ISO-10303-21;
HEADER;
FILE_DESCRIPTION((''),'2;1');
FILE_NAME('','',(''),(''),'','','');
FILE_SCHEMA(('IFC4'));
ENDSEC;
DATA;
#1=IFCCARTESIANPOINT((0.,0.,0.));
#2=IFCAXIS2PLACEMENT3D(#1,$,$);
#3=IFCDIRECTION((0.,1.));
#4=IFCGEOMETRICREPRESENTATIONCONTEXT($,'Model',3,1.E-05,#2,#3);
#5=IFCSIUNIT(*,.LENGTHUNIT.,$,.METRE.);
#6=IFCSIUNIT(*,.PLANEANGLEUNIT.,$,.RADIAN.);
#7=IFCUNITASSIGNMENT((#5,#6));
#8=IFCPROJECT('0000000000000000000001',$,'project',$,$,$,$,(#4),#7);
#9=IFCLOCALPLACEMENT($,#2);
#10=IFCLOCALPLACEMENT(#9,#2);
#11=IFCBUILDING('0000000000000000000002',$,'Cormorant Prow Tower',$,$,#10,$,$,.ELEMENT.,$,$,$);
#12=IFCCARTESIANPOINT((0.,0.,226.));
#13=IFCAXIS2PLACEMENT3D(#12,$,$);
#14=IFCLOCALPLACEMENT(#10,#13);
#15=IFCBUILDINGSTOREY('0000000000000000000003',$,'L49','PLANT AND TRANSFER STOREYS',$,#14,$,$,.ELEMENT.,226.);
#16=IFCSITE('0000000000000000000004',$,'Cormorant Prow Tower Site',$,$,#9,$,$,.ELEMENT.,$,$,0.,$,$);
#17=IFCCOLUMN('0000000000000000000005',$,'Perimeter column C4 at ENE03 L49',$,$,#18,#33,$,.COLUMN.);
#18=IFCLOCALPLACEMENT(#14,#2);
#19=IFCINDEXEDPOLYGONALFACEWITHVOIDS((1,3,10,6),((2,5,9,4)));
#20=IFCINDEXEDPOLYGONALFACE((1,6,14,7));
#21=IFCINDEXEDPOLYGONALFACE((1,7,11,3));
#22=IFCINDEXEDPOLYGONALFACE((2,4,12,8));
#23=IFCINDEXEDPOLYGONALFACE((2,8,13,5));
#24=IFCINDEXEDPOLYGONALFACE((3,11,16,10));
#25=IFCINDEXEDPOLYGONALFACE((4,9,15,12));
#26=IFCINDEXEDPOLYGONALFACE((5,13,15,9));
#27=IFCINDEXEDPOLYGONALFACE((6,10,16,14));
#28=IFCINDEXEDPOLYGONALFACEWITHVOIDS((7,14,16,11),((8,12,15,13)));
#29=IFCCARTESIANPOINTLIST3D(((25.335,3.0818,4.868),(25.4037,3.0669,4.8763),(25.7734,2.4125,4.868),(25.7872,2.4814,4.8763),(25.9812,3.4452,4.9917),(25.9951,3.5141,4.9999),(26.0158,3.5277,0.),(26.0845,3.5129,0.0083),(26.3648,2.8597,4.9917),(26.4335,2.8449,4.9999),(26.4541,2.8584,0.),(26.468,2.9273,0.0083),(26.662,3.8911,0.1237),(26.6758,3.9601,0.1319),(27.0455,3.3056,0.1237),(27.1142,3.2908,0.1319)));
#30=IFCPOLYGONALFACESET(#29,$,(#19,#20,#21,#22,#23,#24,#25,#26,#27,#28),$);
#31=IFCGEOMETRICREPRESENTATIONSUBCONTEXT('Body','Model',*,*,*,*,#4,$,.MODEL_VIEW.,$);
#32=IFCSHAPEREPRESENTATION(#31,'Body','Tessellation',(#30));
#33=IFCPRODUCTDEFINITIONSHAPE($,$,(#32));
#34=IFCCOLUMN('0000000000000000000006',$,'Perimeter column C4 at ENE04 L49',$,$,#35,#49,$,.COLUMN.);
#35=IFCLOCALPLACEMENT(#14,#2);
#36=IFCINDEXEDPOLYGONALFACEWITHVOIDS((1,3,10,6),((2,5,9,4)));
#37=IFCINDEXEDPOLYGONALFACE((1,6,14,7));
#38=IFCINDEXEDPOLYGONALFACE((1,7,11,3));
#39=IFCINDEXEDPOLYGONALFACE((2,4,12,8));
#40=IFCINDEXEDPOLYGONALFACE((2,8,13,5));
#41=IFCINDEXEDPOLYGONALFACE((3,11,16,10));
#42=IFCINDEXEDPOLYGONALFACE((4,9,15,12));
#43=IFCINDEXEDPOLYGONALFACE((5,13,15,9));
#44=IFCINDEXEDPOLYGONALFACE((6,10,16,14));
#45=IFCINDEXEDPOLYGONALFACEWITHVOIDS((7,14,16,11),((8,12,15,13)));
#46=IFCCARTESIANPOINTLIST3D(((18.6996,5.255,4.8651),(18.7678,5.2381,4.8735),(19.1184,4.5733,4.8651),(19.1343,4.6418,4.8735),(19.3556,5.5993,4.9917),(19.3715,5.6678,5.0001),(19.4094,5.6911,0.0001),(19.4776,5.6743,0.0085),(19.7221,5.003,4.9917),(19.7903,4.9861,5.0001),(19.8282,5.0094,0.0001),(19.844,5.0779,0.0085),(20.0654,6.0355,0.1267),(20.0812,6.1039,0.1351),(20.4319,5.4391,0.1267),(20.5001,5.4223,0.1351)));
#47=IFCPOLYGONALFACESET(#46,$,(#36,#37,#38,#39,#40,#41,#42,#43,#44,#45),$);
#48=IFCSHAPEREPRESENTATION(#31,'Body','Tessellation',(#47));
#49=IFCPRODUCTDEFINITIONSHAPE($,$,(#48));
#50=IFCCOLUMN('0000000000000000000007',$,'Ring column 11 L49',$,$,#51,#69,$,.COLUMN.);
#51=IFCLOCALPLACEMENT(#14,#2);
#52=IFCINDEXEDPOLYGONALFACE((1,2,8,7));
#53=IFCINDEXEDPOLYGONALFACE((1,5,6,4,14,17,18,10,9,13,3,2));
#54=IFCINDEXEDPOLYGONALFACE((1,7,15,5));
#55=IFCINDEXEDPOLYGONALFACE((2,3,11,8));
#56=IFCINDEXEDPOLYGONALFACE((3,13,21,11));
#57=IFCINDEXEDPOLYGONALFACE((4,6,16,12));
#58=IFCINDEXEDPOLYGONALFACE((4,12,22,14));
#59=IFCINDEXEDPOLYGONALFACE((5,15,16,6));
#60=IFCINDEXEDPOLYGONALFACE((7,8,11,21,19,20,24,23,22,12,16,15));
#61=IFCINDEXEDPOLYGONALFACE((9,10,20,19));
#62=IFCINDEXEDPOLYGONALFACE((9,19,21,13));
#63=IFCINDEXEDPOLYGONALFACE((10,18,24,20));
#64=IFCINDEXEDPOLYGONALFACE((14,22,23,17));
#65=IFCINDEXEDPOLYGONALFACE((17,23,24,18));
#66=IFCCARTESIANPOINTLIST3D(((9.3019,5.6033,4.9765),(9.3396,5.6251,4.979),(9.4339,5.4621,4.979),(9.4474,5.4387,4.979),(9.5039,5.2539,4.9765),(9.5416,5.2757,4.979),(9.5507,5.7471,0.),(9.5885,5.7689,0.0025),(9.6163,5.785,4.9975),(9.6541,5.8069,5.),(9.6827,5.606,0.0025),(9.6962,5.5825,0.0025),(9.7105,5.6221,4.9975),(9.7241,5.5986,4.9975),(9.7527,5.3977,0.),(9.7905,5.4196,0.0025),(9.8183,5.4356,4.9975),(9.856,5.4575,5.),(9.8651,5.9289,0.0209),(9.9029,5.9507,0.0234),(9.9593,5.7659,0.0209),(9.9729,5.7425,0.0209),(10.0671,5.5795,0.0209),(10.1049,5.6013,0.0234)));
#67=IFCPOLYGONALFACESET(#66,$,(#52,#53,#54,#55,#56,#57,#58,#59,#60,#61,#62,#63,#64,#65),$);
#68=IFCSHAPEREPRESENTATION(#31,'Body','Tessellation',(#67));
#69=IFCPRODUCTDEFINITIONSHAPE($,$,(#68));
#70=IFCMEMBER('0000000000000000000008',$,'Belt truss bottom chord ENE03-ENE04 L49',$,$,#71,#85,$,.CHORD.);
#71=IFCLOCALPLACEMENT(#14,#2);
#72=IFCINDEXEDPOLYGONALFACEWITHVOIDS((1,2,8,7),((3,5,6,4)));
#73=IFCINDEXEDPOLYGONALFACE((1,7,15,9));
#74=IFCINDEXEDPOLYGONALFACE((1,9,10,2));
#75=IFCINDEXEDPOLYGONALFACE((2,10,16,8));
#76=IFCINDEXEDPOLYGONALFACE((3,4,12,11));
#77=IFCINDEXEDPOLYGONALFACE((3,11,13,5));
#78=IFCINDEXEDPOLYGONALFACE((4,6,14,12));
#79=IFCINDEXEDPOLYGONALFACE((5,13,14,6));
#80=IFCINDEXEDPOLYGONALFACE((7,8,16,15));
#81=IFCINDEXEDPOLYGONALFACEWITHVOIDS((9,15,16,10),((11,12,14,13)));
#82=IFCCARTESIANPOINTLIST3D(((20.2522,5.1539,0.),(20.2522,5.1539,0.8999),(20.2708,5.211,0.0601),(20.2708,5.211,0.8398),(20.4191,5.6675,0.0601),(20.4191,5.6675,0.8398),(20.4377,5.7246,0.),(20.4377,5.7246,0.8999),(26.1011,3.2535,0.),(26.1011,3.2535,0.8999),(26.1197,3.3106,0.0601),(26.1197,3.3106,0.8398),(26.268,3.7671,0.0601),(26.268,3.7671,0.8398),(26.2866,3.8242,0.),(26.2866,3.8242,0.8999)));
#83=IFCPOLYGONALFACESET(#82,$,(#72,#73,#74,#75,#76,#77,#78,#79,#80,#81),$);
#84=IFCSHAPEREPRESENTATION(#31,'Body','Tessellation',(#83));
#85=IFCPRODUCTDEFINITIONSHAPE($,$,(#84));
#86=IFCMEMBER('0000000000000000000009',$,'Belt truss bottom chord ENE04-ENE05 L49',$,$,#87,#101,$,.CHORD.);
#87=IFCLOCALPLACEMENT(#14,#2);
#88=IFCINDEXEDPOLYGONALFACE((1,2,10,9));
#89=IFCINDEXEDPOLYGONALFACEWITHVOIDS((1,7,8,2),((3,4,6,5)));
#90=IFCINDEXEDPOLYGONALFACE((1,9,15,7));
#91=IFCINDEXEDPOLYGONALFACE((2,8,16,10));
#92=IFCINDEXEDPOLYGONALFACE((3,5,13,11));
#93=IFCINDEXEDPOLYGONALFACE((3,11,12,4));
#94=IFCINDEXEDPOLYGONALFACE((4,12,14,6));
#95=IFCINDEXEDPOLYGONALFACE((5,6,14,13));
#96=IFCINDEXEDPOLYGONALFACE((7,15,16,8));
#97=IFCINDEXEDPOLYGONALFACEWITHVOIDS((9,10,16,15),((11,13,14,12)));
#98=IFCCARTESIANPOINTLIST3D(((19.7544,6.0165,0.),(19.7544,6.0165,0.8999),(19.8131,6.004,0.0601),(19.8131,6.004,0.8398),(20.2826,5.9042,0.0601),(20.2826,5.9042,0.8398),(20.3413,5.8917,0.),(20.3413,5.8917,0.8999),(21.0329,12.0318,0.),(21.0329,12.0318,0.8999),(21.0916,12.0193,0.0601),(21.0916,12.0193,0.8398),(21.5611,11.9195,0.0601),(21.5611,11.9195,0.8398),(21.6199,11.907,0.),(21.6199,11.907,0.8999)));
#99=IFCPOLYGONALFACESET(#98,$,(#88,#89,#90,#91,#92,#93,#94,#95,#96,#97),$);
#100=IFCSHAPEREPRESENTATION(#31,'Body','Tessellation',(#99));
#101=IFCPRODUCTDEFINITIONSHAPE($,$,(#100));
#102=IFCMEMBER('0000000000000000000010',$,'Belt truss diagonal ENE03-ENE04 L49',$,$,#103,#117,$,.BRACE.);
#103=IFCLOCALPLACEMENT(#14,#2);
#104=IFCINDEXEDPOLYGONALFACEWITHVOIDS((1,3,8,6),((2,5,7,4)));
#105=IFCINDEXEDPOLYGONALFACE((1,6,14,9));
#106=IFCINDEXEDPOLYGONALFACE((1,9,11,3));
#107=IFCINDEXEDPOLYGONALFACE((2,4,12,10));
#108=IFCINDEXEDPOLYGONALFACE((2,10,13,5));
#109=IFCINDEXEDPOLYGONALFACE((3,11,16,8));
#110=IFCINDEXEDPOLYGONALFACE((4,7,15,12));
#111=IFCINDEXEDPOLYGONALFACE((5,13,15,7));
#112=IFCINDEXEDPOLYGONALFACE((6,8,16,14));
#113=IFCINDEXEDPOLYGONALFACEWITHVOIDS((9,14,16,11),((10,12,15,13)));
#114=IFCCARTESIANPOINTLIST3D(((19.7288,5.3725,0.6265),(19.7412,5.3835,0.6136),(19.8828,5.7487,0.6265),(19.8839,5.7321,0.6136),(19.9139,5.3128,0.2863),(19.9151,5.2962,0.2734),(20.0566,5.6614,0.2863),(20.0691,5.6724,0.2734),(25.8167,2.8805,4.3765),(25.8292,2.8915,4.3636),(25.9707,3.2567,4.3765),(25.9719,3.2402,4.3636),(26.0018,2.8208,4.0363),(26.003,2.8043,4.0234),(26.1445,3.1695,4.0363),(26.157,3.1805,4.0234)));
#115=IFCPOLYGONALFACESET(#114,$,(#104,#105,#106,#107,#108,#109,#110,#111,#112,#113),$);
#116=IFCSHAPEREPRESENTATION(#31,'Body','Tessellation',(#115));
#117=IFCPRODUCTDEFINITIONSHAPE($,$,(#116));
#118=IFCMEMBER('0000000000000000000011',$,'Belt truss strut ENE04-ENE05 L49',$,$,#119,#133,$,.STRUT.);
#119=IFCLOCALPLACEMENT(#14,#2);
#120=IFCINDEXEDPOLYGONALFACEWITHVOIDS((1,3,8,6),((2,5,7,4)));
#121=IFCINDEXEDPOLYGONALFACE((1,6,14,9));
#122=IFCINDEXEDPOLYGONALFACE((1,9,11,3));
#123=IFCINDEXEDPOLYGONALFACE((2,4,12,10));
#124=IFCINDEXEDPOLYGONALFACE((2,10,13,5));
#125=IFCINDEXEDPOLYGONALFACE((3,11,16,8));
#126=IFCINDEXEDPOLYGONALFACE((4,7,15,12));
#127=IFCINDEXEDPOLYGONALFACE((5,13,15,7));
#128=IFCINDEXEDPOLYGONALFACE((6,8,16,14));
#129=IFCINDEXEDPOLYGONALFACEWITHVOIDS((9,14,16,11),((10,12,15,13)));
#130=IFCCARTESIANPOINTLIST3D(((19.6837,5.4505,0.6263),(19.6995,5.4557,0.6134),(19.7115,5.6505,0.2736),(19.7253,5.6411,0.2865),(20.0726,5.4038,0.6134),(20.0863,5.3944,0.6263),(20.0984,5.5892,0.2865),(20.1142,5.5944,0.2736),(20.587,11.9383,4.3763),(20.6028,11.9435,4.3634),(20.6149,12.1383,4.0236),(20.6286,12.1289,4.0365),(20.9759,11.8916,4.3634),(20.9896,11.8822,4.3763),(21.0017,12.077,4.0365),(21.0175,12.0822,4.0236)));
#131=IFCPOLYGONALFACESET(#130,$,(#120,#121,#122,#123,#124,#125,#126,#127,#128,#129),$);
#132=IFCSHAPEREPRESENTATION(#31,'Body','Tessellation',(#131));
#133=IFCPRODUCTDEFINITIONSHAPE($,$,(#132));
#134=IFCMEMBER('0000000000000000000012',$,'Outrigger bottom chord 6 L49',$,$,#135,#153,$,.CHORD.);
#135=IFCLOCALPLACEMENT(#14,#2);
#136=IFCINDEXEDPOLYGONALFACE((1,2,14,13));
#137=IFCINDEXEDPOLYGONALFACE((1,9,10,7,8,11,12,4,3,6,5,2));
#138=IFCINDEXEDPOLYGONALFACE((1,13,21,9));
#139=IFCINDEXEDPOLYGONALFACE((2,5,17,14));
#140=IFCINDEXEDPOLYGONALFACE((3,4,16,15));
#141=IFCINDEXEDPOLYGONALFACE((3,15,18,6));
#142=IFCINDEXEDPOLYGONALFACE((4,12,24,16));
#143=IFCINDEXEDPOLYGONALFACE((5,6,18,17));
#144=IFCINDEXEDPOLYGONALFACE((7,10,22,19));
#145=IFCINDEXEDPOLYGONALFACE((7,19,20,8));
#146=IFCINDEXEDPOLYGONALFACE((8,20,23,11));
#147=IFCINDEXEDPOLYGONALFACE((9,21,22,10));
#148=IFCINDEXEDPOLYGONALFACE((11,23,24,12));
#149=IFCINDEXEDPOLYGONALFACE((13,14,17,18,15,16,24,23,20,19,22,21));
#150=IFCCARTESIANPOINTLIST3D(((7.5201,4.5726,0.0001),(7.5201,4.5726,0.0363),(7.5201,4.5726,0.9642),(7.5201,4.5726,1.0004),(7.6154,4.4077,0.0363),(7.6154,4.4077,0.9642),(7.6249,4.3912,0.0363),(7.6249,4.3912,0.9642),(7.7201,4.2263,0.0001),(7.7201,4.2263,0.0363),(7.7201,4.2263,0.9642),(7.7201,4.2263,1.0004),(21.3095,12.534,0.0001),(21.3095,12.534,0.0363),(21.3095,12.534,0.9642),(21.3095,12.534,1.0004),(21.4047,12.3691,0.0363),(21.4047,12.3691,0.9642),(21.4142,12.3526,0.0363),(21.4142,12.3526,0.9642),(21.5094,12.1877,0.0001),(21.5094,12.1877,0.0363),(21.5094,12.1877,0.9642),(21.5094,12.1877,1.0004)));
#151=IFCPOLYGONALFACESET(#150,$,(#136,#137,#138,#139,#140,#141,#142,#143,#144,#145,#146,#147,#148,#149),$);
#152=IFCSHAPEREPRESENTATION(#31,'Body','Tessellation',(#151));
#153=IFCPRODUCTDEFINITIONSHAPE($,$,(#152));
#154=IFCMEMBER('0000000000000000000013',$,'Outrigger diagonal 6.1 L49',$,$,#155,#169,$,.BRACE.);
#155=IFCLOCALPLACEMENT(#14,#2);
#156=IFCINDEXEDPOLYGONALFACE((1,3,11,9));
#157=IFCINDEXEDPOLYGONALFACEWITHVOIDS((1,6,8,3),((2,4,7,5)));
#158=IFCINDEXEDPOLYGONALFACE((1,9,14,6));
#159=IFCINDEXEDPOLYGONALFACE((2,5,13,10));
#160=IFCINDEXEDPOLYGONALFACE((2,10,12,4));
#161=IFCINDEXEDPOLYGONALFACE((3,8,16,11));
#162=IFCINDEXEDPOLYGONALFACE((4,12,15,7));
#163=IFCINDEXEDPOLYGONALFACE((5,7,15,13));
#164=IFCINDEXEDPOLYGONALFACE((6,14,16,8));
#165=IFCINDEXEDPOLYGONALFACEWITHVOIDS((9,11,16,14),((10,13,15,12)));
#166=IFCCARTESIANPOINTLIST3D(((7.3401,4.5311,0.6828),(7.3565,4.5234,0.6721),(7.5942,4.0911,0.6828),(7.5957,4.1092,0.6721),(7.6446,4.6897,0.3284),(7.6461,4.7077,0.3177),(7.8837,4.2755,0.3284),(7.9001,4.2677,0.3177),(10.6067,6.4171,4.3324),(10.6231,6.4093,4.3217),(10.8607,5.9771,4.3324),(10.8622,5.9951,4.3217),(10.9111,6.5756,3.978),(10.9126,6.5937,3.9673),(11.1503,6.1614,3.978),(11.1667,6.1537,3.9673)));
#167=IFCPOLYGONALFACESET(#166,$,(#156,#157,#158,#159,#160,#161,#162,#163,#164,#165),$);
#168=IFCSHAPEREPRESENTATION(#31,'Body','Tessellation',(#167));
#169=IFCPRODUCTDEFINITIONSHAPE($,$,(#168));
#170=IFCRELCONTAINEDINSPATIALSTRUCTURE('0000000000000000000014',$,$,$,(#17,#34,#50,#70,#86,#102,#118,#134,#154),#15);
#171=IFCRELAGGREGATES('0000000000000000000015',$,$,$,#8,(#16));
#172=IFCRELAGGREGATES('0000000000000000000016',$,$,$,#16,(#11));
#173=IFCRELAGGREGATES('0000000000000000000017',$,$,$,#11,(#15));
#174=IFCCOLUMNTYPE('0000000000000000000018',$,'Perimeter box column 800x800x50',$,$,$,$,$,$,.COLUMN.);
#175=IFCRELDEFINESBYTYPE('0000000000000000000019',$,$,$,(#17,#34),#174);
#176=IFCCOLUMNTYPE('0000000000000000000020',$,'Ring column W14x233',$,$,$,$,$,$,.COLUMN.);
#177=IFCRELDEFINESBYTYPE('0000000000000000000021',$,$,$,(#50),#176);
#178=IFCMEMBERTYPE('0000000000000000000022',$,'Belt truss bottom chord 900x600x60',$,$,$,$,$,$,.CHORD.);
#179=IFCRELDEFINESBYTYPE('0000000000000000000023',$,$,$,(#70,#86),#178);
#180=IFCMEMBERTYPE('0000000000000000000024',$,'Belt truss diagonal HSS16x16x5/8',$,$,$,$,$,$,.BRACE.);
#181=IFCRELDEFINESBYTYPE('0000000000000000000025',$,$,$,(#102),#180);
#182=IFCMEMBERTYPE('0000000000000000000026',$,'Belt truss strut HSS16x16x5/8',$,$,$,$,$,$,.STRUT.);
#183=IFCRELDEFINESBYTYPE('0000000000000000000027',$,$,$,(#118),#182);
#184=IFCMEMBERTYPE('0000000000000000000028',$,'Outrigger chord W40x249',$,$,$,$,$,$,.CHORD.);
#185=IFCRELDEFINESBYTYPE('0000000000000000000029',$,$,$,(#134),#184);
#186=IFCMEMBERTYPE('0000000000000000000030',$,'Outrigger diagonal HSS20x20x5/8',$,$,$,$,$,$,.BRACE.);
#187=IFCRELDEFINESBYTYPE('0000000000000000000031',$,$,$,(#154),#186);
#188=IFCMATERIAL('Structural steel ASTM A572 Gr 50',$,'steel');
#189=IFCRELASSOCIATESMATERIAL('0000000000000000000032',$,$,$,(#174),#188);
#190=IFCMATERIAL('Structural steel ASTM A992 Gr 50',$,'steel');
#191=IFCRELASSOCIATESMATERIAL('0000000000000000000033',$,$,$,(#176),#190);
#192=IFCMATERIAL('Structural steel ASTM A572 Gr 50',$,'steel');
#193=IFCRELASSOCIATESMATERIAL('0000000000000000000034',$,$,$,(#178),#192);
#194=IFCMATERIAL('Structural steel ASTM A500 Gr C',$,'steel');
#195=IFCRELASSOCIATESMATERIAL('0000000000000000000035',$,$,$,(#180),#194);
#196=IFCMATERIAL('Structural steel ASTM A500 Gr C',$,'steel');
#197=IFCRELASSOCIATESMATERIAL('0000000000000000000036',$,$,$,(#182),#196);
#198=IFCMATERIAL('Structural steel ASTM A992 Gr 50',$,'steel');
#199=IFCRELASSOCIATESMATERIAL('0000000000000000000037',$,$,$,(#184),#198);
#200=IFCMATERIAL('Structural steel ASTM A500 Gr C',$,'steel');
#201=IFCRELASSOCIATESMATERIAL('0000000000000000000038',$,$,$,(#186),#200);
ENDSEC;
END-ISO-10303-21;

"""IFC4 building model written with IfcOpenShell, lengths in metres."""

from ifc_helpers import new_model, si_unit, direction, frame, origin, origin_2d, place, context, subcontext, project, spatial, hollow_rectangle, i_section, extrude, material, material_profile, profile_set, type_object, element, save


model = new_model("IFC4")

# Units and contexts
model_context = context("Model", 3, precision=1e-05, world=origin(), true_north=direction((0.0, 1.0)))
body_context = subcontext(model_context, "Body", "Model", "MODEL_VIEW")
ifc_project = project(units=[si_unit("LENGTHUNIT", "METRE"), si_unit("PLANEANGLEUNIT", "RADIAN")], contexts=[model_context])

# Site, building, storey
site_placement = place(None, origin())
site = spatial("IfcSite", under=ifc_project, at=site_placement, Name="Cormorant Prow Tower Site", CompositionType="ELEMENT", RefElevation=0.0)
building_placement = place(site_placement, origin())
building = spatial("IfcBuilding", under=site, at=building_placement, Name="Cormorant Prow Tower", CompositionType="ELEMENT")
storey_placement = place(building_placement, frame((0.0, 0.0, 226.0)))
storey = spatial("IfcBuildingStorey", under=building, at=storey_placement, Name="L49", Description="PLANT AND TRANSFER STOREYS", CompositionType="ELEMENT", Elevation=226.0)

# Columns
ifc_material_1 = material(Name="Structural steel ASTM A572 Gr 50", Category="steel")
ifc_material_profile_1 = material_profile(ifc_material_1, hollow_rectangle(XDim=0.8, YDim=0.8, WallThickness=0.05, at=origin_2d()), Name="Box 800x800x50")
ifc_profile_set_1 = profile_set([ifc_material_profile_1], Name="Structural steel ASTM A572 Gr 50")
column_type_1 = type_object("IfcColumnType", Name="Perimeter box column 800x800x50", PredefinedType="COLUMN", material=ifc_profile_set_1)
column_1_placement = place(storey_placement, frame((26.5742, 3.4153, 0.0), z_axis=(-0.13793, -0.090348, 0.986313), x_axis=(0.547942, -0.836517, 0.0)))
element("IfcColumn", 1, at=column_1_placement, inside=storey, type_object=column_type_1, Name="Perimeter column C4 at ENE03 L49", PredefinedType="COLUMN", context=body_context, shape_type="SweptSolid", body=[
    extrude(hollow_rectangle(XDim=0.8, YDim=0.8, WallThickness=0.05, at=origin_2d()), frame((0.0, 0.0, 0.0669)), (0.0, 0.0, 1.0), 4.9355),
])
column_2_placement = place(storey_placement, frame((19.9646, 5.5627, 0.0), z_axis=(-0.143805, -0.088362, 0.985653), x_axis=(0.523525, -0.852011, 0.0)))
element("IfcColumn", 2, at=column_2_placement, inside=storey, type_object=column_type_1, Name="Perimeter column C4 at ENE04 L49", PredefinedType="COLUMN", context=body_context, shape_type="SweptSolid", body=[
    extrude(hollow_rectangle(XDim=0.8, YDim=0.8, WallThickness=0.05, at=origin_2d()), frame((0.0, 0.0, 0.0686)), (0.0, 0.0, 1.0), 4.9358),
])
ifc_material_2 = material(Name="Structural steel ASTM A992 Gr 50", Category="steel")
ifc_material_profile_2 = material_profile(ifc_material_2, i_section(OverallWidth=0.4036, OverallDepth=0.4075, WebThickness=0.0271, FlangeThickness=0.0437, at=origin_2d()), Name="W14x233")
ifc_profile_set_2 = profile_set([ifc_material_profile_2], Name="Structural steel ASTM A992 Gr 50")
column_type_2 = type_object("IfcColumnType", Name="Ring column W14x233", PredefinedType="COLUMN", material=ifc_profile_set_2)
column_3_placement = place(storey_placement, frame((9.8284, 5.6746, 0.0), z_axis=(-0.049917, -0.028858, 0.998336), x_axis=(0.500503, -0.865735, 0.0)))
element("IfcColumn", 3, at=column_3_placement, inside=storey, type_object=column_type_2, Name="Ring column 11 L49", PredefinedType="COLUMN", context=body_context, shape_type="SweptSolid", body=[
    extrude(i_section(OverallWidth=0.4036, OverallDepth=0.4075, WebThickness=0.0271, FlangeThickness=0.0437, at=origin_2d()), frame((0.0, 0.0, 0.0117)), (0.0, 0.0, 1.0), 4.9849),
])

# Members
ifc_material_3 = material(Name="Structural steel ASTM A572 Gr 50", Category="steel")
ifc_material_profile_3 = material_profile(ifc_material_3, hollow_rectangle(XDim=0.6001, YDim=0.8999, WallThickness=0.0601, at=origin_2d()), Name="Box 900x600x60")
ifc_profile_set_3 = profile_set([ifc_material_profile_3], Name="Structural steel ASTM A572 Gr 50")
member_type_1 = type_object("IfcMemberType", Name="Belt truss bottom chord 900x600x60", PredefinedType="CHORD", material=ifc_profile_set_3)
member_1_placement = place(storey_placement, frame((26.1938, 3.5388, 0.45), z_axis=(-0.951058, 0.309013, 0.0), x_axis=(-0.309013, -0.951058, 0.0)))
element("IfcMember", 4, at=member_1_placement, inside=storey, type_object=member_type_1, Name="Belt truss bottom chord ENE03-ENE04 L49", PredefinedType="CHORD", context=body_context, shape_type="SweptSolid", body=[
    extrude(hollow_rectangle(XDim=0.6001, YDim=0.8999, WallThickness=0.0601, at=origin_2d()), origin(), (0.0, 0.0, 1.0), 6.1499),
])
member_2_placement = place(storey_placement, frame((20.0479, 5.9541, 0.45), z_axis=(0.207905, 0.978149, 0.0), x_axis=(-0.978149, 0.207905, 0.0)))
element("IfcMember", 5, at=member_2_placement, inside=storey, type_object=member_type_1, Name="Belt truss bottom chord ENE04-ENE05 L49", PredefinedType="CHORD", context=body_context, shape_type="SweptSolid", body=[
    extrude(hollow_rectangle(XDim=0.6001, YDim=0.8999, WallThickness=0.0601, at=origin_2d()), origin(), (0.0, 0.0, 1.0), 6.1497),
])
ifc_material_4 = material(Name="Structural steel ASTM A500 Gr C", Category="steel")
ifc_material_profile_4 = material_profile(ifc_material_4, hollow_rectangle(XDim=0.4065, YDim=0.4065, WallThickness=0.0149, at=origin_2d()), Name="HSS16x16x5/8")
ifc_profile_set_4 = profile_set([ifc_material_profile_4], Name="Structural steel ASTM A500 Gr C")
member_type_2 = type_object("IfcMemberType", Name="Belt truss diagonal HSS16x16x5/8", PredefinedType="BRACE", material=ifc_profile_set_4)
member_3_placement = place(storey_placement, frame((19.8989, 5.5225, 0.45), z_axis=(0.804004, -0.329101, 0.495248), x_axis=(0.378821, 0.92547, 0.0)))
element("IfcMember", 6, at=member_3_placement, inside=storey, type_object=member_type_2, Name="Belt truss diagonal ENE03-ENE04 L49", PredefinedType="BRACE", context=body_context, shape_type="SweptSolid", body=[
    extrude(hollow_rectangle(XDim=0.4065, YDim=0.4065, WallThickness=0.0149, at=origin_2d()), origin(), (0.0, 0.0, 1.0), 7.572),
])
ifc_material_5 = material(Name="Structural steel ASTM A500 Gr C", Category="steel")
ifc_material_profile_5 = material_profile(ifc_material_5, hollow_rectangle(XDim=0.4065, YDim=0.4065, WallThickness=0.0149, at=origin_2d()), Name="HSS16x16x5/8")
ifc_profile_set_5 = profile_set([ifc_material_profile_5], Name="Structural steel ASTM A500 Gr C")
member_type_3 = type_object("IfcMemberType", Name="Belt truss strut HSS16x16x5/8", PredefinedType="STRUT", material=ifc_profile_set_5)
member_4_placement = place(storey_placement, frame((19.8989, 5.5225, 0.45), z_axis=(0.119679, 0.859556, 0.496831), x_axis=(-0.990446, 0.137904, 0.0)))
element("IfcMember", 7, at=member_4_placement, inside=storey, type_object=member_type_3, Name="Belt truss strut ENE04-ENE05 L49", PredefinedType="STRUT", context=body_context, shape_type="SweptSolid", body=[
    extrude(hollow_rectangle(XDim=0.4065, YDim=0.4065, WallThickness=0.0149, at=origin_2d()), origin(), (0.0, 0.0, 1.0), 7.5479),
])
ifc_material_6 = material(Name="Structural steel ASTM A992 Gr 50", Category="steel")
ifc_material_profile_6 = material_profile(ifc_material_6, i_section(OverallWidth=0.3999, OverallDepth=1.0002, WebThickness=0.019, FlangeThickness=0.0361, at=origin_2d()), Name="W40x249")
ifc_profile_set_6 = profile_set([ifc_material_profile_6], Name="Structural steel ASTM A992 Gr 50")
member_type_4 = type_object("IfcMemberType", Name="Outrigger chord W40x249", PredefinedType="CHORD", material=ifc_profile_set_6)
member_5_placement = place(storey_placement, frame((7.6201, 4.3994, 0.5002), z_axis=(0.866021, 0.500008, 0.0), x_axis=(-0.500008, 0.866021, 0.0)))
element("IfcMember", 8, at=member_5_placement, inside=storey, type_object=member_type_4, Name="Outrigger bottom chord 6 L49", PredefinedType="CHORD", context=body_context, shape_type="SweptSolid", body=[
    extrude(i_section(OverallWidth=0.3999, OverallDepth=1.0002, WebThickness=0.019, FlangeThickness=0.0361, at=origin_2d()), origin(), (0.0, 0.0, 1.0), 15.9226),
])
ifc_material_7 = material(Name="Structural steel ASTM A500 Gr C", Category="steel")
ifc_material_profile_7 = material_profile(ifc_material_7, hollow_rectangle(XDim=0.5081, YDim=0.5081, WallThickness=0.0149, at=origin_2d()), Name="HSS20x20x5/8")
ifc_profile_set_7 = profile_set([ifc_material_profile_7], Name="Structural steel ASTM A500 Gr C")
member_type_5 = type_object("IfcMemberType", Name="Outrigger diagonal HSS20x20x5/8", PredefinedType="BRACE", material=ifc_profile_set_7)
member_6_placement = place(storey_placement, frame((7.6201, 4.3994, 0.5002), z_axis=(0.622378, 0.359332, 0.695361), x_axis=(-0.500003, 0.866024, 0.0)))
element("IfcMember", 9, at=member_6_placement, inside=storey, type_object=member_type_5, Name="Outrigger diagonal 6.1 L49", PredefinedType="BRACE", context=body_context, shape_type="SweptSolid", body=[
    extrude(hollow_rectangle(XDim=0.5081, YDim=0.5081, WallThickness=0.0149, at=origin_2d()), origin(), (0.0, 0.0, 1.0), 5.2485),
])

save(model, "model.ifc")
